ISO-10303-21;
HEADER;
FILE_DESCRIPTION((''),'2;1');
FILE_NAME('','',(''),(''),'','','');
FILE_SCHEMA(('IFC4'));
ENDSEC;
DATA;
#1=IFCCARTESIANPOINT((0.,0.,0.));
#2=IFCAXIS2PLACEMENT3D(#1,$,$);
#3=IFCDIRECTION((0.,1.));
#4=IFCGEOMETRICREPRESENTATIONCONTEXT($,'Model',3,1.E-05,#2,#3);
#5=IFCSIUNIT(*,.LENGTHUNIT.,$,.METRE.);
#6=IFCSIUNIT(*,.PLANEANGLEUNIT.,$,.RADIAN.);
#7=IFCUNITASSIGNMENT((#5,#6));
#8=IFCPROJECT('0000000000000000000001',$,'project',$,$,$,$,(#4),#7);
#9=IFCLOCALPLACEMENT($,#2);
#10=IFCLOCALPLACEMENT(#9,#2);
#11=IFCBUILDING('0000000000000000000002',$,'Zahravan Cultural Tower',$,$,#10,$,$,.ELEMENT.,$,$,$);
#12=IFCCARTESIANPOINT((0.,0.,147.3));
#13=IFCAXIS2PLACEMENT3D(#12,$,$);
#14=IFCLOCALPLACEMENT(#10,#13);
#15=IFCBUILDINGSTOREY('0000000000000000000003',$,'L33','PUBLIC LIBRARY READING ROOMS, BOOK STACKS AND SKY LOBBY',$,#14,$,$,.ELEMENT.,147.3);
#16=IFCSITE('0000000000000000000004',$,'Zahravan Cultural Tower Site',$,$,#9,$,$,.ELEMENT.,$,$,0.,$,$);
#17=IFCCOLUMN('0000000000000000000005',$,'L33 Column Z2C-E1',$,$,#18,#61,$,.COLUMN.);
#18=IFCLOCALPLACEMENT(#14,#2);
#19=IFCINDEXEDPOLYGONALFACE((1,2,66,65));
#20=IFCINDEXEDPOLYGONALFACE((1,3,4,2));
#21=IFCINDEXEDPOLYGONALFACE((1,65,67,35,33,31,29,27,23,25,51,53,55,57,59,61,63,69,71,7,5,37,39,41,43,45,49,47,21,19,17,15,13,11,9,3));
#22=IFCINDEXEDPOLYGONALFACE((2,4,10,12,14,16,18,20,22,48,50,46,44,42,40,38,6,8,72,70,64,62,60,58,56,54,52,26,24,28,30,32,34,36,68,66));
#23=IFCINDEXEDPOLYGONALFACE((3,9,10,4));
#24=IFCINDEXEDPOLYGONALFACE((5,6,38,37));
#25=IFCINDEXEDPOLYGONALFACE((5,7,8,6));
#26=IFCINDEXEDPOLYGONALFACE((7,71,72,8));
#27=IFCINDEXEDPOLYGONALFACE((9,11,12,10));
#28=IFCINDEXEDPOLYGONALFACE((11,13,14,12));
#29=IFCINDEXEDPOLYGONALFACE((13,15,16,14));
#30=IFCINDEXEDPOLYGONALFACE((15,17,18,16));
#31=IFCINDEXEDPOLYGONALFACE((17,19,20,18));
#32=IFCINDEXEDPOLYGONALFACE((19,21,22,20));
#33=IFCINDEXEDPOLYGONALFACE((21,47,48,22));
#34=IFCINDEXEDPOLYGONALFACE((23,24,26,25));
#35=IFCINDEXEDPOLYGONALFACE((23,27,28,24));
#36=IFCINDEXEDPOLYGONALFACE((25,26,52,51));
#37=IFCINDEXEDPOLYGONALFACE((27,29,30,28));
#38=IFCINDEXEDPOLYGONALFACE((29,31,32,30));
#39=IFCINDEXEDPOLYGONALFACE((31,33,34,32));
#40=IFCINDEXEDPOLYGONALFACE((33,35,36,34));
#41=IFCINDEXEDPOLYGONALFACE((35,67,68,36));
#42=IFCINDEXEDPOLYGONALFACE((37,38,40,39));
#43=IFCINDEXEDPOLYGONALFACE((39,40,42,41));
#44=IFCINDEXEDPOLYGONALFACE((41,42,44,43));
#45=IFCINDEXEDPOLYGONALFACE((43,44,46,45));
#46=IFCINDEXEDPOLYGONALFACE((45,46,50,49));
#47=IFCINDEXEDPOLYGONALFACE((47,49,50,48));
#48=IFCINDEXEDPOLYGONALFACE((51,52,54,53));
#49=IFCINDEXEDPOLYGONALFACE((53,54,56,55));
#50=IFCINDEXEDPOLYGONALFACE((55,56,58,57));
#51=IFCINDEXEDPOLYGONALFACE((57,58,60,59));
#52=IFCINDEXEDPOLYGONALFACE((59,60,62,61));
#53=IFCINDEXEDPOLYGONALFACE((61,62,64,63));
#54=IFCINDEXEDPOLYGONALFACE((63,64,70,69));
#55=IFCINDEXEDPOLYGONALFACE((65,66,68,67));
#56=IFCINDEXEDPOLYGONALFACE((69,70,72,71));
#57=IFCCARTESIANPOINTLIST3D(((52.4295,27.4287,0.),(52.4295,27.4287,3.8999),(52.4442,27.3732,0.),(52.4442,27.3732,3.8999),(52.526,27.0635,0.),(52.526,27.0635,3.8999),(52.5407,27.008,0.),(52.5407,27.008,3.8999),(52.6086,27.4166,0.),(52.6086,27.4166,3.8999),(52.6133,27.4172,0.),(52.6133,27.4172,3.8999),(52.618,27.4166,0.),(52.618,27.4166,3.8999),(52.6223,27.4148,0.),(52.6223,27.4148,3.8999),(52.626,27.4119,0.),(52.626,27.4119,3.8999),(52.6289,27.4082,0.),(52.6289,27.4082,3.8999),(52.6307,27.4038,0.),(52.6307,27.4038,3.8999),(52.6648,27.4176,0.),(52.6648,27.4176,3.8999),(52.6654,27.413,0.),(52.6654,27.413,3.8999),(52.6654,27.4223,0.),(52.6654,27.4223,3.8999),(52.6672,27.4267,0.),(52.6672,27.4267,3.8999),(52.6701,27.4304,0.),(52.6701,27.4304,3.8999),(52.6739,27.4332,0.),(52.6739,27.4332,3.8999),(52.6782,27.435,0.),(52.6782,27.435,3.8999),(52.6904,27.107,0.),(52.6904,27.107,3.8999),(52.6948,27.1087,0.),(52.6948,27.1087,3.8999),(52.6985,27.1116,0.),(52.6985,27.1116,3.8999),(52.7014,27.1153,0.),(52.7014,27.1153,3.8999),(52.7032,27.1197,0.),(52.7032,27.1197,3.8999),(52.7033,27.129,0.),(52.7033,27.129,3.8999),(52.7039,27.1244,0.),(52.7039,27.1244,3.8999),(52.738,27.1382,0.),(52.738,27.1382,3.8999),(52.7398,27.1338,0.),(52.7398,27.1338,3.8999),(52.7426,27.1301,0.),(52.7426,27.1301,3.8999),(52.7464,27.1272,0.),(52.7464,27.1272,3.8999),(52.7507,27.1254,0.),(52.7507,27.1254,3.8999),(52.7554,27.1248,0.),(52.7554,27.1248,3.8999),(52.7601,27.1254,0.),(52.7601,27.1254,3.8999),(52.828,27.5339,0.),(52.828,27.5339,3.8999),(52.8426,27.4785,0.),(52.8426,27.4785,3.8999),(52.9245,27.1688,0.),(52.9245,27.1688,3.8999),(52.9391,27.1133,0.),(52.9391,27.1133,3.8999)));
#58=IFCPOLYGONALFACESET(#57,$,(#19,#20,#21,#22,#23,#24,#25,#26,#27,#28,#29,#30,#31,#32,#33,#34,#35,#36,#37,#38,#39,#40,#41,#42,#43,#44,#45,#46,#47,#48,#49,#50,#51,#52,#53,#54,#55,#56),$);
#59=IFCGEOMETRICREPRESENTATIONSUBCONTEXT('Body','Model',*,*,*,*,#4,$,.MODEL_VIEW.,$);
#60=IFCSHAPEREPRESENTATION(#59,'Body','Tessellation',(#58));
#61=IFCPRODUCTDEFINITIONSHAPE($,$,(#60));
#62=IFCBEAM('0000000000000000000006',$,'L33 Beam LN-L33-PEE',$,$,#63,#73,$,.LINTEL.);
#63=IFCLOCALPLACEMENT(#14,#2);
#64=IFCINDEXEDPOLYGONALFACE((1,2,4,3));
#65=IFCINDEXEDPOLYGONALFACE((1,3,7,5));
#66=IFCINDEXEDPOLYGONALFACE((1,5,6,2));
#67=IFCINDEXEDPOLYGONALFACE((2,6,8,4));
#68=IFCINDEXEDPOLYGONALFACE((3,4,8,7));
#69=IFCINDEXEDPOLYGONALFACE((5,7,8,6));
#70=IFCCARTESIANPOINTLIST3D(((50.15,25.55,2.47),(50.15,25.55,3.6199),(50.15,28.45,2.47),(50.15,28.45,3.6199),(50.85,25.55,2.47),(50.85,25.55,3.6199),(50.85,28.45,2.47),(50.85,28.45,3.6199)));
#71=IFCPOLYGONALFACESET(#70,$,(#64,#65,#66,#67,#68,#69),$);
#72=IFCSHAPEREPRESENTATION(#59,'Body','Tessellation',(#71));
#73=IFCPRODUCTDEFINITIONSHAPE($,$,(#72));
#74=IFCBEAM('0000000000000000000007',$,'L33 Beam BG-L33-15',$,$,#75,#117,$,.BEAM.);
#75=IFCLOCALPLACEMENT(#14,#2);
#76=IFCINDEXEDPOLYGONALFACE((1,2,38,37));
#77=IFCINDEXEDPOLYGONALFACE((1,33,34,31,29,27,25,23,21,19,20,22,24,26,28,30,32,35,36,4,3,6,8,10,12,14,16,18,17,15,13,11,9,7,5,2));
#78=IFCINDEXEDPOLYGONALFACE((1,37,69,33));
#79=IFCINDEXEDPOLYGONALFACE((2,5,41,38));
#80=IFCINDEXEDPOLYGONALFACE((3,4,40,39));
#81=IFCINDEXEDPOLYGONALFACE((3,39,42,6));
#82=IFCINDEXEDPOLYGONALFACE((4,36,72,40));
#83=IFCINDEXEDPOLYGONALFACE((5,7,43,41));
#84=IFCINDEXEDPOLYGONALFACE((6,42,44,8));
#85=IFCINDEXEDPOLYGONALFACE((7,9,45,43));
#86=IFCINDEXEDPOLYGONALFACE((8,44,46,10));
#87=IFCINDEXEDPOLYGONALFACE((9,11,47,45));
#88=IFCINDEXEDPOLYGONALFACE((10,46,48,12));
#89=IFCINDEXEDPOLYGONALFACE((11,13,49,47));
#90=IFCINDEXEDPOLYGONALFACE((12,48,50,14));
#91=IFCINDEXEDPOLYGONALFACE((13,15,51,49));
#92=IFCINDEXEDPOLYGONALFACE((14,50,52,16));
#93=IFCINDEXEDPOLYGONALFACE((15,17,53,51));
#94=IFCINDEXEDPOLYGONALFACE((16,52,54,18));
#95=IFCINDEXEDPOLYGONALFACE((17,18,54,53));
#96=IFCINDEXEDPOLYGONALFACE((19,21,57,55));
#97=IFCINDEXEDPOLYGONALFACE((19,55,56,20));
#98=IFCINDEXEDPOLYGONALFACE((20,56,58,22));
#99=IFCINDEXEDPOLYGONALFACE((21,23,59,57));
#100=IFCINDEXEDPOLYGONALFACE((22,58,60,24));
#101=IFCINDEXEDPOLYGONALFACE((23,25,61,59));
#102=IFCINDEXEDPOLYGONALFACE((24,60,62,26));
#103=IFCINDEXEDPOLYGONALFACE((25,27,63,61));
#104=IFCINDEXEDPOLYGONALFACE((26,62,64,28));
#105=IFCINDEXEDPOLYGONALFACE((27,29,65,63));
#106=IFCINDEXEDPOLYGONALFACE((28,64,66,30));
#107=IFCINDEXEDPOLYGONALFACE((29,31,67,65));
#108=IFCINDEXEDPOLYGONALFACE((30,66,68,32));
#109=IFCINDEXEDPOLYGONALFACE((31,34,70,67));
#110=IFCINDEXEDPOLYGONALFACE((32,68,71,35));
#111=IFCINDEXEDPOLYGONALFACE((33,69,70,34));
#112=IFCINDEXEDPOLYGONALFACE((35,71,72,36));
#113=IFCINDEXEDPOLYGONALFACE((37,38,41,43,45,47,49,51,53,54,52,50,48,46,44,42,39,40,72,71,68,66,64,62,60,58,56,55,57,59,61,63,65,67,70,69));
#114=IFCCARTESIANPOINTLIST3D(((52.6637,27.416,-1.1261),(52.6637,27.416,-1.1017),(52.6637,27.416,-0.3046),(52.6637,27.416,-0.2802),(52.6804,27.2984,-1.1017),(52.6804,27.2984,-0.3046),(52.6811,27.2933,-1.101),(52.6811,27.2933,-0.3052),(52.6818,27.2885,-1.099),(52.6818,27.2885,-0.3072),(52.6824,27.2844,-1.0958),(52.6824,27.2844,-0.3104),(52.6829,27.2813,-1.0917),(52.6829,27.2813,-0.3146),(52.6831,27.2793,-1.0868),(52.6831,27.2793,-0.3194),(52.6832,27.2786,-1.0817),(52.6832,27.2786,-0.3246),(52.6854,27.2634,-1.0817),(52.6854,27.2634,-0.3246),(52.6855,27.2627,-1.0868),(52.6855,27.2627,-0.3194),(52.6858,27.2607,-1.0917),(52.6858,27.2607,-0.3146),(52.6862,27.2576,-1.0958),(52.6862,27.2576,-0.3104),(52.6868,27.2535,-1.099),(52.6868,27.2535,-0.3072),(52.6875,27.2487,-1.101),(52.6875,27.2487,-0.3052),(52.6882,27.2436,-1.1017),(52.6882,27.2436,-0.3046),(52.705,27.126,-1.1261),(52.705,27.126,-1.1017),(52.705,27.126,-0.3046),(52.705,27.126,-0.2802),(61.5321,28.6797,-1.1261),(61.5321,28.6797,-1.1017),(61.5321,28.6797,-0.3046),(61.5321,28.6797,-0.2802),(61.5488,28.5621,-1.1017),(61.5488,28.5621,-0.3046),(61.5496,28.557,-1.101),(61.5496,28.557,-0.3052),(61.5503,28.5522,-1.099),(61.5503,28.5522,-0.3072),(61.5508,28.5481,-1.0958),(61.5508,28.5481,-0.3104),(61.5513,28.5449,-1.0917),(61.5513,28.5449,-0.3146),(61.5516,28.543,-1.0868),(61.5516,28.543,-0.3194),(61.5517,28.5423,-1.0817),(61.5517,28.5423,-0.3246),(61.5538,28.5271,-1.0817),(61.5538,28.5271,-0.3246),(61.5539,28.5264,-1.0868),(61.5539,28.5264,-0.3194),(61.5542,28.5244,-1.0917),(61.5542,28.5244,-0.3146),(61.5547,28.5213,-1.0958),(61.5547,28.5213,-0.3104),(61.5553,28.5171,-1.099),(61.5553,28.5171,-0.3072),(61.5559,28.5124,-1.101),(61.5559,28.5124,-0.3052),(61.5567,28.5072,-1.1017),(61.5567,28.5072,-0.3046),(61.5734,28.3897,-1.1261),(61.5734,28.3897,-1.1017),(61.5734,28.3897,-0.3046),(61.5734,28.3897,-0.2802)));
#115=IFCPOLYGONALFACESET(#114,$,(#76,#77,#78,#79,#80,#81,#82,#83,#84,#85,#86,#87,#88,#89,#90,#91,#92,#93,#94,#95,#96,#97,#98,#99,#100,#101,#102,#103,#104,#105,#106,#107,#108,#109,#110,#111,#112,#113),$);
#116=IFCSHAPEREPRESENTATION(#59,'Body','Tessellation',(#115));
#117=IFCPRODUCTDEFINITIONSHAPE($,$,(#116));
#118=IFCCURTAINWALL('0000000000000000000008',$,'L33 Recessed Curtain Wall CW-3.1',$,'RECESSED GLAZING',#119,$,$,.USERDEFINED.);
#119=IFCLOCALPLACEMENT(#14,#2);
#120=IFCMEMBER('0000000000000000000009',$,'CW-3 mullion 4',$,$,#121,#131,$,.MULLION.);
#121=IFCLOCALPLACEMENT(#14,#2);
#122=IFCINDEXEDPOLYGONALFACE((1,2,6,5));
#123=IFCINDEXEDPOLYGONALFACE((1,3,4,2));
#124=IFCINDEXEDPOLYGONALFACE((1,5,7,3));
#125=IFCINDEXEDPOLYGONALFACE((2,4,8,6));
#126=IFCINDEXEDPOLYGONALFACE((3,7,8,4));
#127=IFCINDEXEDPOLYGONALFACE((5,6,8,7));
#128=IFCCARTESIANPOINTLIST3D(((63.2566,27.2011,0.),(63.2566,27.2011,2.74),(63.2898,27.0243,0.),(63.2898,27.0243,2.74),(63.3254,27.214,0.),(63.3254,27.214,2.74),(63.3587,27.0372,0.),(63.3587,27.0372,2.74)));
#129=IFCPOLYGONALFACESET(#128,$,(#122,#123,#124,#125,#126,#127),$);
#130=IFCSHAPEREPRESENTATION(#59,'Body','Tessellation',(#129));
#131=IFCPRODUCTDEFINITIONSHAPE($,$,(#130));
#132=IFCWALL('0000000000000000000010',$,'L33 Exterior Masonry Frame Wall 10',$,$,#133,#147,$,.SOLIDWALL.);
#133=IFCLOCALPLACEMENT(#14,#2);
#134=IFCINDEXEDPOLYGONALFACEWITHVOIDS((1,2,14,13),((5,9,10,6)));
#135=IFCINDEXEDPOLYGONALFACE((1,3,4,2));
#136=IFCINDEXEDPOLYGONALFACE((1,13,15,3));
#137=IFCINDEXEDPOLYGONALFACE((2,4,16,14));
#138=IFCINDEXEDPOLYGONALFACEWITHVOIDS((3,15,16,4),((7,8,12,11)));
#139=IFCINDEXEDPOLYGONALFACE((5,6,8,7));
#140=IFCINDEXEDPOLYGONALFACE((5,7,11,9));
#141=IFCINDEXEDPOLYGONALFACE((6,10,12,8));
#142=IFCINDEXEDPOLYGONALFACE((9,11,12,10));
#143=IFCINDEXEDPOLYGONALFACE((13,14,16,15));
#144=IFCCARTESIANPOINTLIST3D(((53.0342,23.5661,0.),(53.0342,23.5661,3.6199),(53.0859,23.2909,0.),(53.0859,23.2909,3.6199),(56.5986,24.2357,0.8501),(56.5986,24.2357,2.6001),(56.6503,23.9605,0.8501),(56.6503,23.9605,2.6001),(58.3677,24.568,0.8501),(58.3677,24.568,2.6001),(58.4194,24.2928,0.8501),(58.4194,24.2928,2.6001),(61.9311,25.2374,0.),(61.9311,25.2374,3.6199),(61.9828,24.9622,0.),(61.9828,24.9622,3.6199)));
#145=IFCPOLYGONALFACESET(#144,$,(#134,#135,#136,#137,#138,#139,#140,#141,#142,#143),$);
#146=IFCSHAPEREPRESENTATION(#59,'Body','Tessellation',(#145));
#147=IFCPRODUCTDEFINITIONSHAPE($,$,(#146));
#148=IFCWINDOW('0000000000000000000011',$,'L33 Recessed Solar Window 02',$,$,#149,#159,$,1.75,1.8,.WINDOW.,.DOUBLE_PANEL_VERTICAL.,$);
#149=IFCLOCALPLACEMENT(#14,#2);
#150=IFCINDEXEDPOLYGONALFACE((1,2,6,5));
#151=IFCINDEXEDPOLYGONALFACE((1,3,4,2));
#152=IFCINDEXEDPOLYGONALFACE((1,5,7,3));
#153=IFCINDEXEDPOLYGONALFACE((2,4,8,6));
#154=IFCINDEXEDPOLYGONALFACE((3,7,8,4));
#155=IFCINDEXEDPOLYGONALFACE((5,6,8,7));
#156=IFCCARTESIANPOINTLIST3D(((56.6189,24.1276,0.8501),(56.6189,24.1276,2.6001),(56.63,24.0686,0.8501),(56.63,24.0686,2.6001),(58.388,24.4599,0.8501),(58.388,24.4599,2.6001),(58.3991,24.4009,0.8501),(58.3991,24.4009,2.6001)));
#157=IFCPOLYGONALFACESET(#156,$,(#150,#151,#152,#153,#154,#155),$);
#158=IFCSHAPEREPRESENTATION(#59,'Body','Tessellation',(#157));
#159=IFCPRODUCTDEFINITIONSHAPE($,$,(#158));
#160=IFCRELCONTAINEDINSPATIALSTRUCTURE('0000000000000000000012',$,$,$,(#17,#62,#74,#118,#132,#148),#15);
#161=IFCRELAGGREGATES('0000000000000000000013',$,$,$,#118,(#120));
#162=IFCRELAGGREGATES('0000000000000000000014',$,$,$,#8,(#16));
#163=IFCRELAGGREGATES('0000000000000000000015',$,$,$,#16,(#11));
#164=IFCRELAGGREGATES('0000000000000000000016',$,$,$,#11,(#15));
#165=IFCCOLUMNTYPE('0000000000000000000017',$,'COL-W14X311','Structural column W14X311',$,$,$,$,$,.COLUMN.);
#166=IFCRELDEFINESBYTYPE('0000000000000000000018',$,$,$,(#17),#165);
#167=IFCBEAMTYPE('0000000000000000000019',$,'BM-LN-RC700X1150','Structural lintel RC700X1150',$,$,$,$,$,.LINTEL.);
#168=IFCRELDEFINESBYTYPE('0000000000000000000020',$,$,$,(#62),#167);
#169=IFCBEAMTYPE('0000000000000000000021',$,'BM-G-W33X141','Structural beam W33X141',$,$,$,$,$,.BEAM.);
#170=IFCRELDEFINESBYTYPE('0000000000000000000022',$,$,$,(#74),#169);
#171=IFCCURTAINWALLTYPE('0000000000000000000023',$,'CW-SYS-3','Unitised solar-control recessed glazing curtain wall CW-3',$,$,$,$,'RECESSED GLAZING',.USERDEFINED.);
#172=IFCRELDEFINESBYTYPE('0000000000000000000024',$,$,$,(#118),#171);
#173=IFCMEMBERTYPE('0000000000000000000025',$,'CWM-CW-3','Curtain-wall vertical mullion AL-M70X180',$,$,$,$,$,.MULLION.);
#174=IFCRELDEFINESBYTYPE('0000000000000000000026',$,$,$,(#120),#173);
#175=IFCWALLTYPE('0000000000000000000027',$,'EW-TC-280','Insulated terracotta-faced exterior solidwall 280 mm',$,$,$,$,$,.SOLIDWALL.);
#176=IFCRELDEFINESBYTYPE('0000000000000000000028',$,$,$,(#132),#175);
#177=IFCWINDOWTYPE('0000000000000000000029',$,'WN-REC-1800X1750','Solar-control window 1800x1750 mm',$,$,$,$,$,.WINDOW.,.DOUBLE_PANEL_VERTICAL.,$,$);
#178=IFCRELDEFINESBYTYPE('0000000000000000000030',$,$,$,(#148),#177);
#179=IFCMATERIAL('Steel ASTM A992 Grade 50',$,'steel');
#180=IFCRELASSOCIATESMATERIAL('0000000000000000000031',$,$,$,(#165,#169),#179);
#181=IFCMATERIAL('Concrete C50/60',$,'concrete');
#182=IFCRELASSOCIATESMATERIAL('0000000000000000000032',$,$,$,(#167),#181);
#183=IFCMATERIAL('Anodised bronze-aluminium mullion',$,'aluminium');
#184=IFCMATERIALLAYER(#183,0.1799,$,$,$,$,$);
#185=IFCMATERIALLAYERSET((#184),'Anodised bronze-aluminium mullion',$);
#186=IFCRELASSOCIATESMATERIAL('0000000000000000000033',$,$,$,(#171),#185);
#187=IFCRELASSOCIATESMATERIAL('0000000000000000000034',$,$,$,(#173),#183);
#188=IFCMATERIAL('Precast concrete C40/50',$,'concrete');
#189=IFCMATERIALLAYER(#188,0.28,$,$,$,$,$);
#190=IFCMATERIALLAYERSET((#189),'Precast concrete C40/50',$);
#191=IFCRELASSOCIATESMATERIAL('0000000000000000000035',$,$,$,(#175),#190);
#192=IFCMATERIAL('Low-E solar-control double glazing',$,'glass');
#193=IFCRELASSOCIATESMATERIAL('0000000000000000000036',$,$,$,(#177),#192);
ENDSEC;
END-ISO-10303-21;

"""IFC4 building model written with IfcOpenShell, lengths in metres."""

from ifc_helpers import new_model, si_unit, direction, frame, frame_2d, origin, origin_2d, place, context, subcontext, project, spatial, rectangle, i_section, extrude, source, transform, mapped, material, layer, layer_set, material_profile, profile_set, type_object, element, fill, aggregate, save


model = new_model("IFC4")

# Units and contexts
model_context = context("Model", 3, precision=1e-05, world=origin(), true_north=direction((0.0, 1.0)))
body_context = subcontext(model_context, "Body", "Model", "MODEL_VIEW")
ifc_project = project(units=[si_unit("LENGTHUNIT", "METRE"), si_unit("PLANEANGLEUNIT", "RADIAN")], contexts=[model_context])

# Site, building, storey
site_placement = place(None, origin())
site = spatial("IfcSite", under=ifc_project, at=site_placement, Name="Zahravan Cultural Tower Site", CompositionType="ELEMENT", RefElevation=0.0)
building_placement = place(site_placement, origin())
building = spatial("IfcBuilding", under=site, at=building_placement, Name="Zahravan Cultural Tower", CompositionType="ELEMENT")
storey_placement = place(building_placement, frame((0.0, 0.0, 147.3)))
storey = spatial("IfcBuildingStorey", under=building, at=storey_placement, Name="L33", Description="PUBLIC LIBRARY READING ROOMS, BOOK STACKS AND SKY LOBBY", CompositionType="ELEMENT", Elevation=147.3)

# Column
ifc_material_1 = material(Name="Steel ASTM A992 Grade 50", Category="steel")
ifc_material_profile_1 = material_profile(ifc_material_1, i_section(OverallWidth=0.4121, OverallDepth=0.4351, WebThickness=0.0359, FlangeThickness=0.0574, FilletRadius=0.0181, at=origin_2d()), Name="W14X311")
ifc_profile_set_1 = profile_set([ifc_material_profile_1], Name="Steel ASTM A992 Grade 50")
column_type = type_object("IfcColumnType", Name="COL-W14X311", Description="Structural column W14X311", PredefinedType="COLUMN", material=ifc_profile_set_1)
shared_shape_1 = source(origin(), body_context, "Body", "SweptSolid", [
    extrude(i_section(OverallWidth=0.4121, OverallDepth=0.4351, WebThickness=0.0359, FlangeThickness=0.0574, FilletRadius=0.0181, at=origin_2d()), origin(), (0.0, 0.0, 1.0), 3.8999),
])
column_placement = place(storey_placement, frame((52.6843, 27.271, 0.0), z_axis=(0.0, 0.0, 1.0), x_axis=(0.966823, 0.255446, 0.0)))
element("IfcColumn", 1, at=column_placement, inside=storey, type_object=column_type, Name="L33 Column Z2C-E1", PredefinedType="COLUMN", context=body_context, shape_type="MappedRepresentation", body=[
    mapped(shared_shape_1, transform((0.0, 0.0, 0.0), x_axis=(1.0, 0.0, 0.0), y_axis=(0.0, 1.0, 0.0), z_axis=(0.0, 0.0, 1.0), scale=1.0)),
])

# Beams
ifc_material_2 = material(Name="Concrete C50/60", Category="concrete")
ifc_material_profile_2 = material_profile(ifc_material_2, rectangle(XDim=0.7, YDim=1.1499, at=origin_2d()), Name="RC700X1150")
ifc_profile_set_2 = profile_set([ifc_material_profile_2], Name="Concrete C50/60")
beam_type_1 = type_object("IfcBeamType", Name="BM-LN-RC700X1150", Description="Structural lintel RC700X1150", PredefinedType="LINTEL", material=ifc_profile_set_2)
shared_shape_2 = source(origin(), body_context, "Body", "SweptSolid", [
    extrude(rectangle(XDim=0.7, YDim=1.1499, at=origin_2d()), origin(), (0.0, 0.0, 1.0), 2.8999),
])
beam_1_placement = place(storey_placement, frame((50.5, 25.55, 3.0449), z_axis=(0.0, 1.0, 0.0), x_axis=(-1.0, 0.0, 0.0)))
element("IfcBeam", 2, at=beam_1_placement, inside=storey, type_object=beam_type_1, Name="L33 Beam LN-L33-PEE", PredefinedType="LINTEL", context=body_context, shape_type="MappedRepresentation", body=[
    mapped(shared_shape_2, transform((0.0, 0.0, 0.0), x_axis=(1.0, 0.0, 0.0), y_axis=(0.0, 1.0, 0.0), z_axis=(0.0, 0.0, 1.0), scale=1.0)),
])
ifc_material_profile_3 = material_profile(ifc_material_1, i_section(OverallWidth=0.293, OverallDepth=0.8459, WebThickness=0.0154, FlangeThickness=0.0244, FilletRadius=0.02, at=origin_2d()), Name="W33X141")
ifc_profile_set_3 = profile_set([ifc_material_profile_3], Name="Steel ASTM A992 Grade 50")
beam_type_2 = type_object("IfcBeamType", Name="BM-G-W33X141", Description="Structural beam W33X141", PredefinedType="BEAM", material=ifc_profile_set_3)
shared_shape_3 = source(origin(), body_context, "Body", "SweptSolid", [
    extrude(i_section(OverallWidth=0.293, OverallDepth=0.8459, WebThickness=0.0154, FlangeThickness=0.0244, FilletRadius=0.02, at=origin_2d()), origin(), (0.0, 0.0, 1.0), 8.958),
])
beam_2_placement = place(storey_placement, frame((52.6843, 27.271, -0.7031), z_axis=(0.99, 0.141067, 0.0), x_axis=(-0.141067, 0.99, 0.0)))
element("IfcBeam", 3, at=beam_2_placement, inside=storey, type_object=beam_type_2, Name="L33 Beam BG-L33-15", PredefinedType="BEAM", context=body_context, shape_type="MappedRepresentation", body=[
    mapped(shared_shape_3, transform((0.0, 0.0, 0.0), x_axis=(1.0, 0.0, 0.0), y_axis=(0.0, 1.0, 0.0), z_axis=(0.0, 0.0, 1.0), scale=1.0)),
])

# Curtain wall, member
ifc_material_3 = material(Name="Anodised bronze-aluminium mullion", Category="aluminium")
ifc_layer_1 = layer(ifc_material_3, 0.1799)
ifc_layer_set_1 = layer_set([ifc_layer_1], Name="Anodised bronze-aluminium mullion")
curtain_wall_type = type_object("IfcCurtainWallType", Name="CW-SYS-3", Description="Unitised solar-control recessed glazing curtain wall CW-3", ElementType="RECESSED GLAZING", PredefinedType="USERDEFINED", material=ifc_layer_set_1)
curtain_wall_placement = place(storey_placement, origin())
curtain_wall = element("IfcCurtainWall", 4, at=curtain_wall_placement, inside=storey, type_object=curtain_wall_type, Name="L33 Recessed Curtain Wall CW-3.1", ObjectType="RECESSED GLAZING", PredefinedType="USERDEFINED")
ifc_material_profile_4 = material_profile(ifc_material_3, rectangle(XDim=0.0701, YDim=0.1799, at=origin_2d()), Name="AL-M70X180")
ifc_profile_set_4 = profile_set([ifc_material_profile_4], Name="Anodised bronze-aluminium mullion")
member_type = type_object("IfcMemberType", Name="CWM-CW-3", Description="Curtain-wall vertical mullion AL-M70X180", PredefinedType="MULLION", material=ifc_profile_set_4)
shared_shape_4 = source(origin(), body_context, "Body", "SweptSolid", [
    extrude(rectangle(XDim=0.0701, YDim=0.1799, at=origin_2d()), origin(), (0.0, 0.0, 1.0), 2.74),
])
member_placement = place(storey_placement, frame((63.3076, 27.1191, 0.0), z_axis=(0.0, 0.0, 1.0), x_axis=(0.982807, 0.184638, 0.0)))
member = element("IfcMember", 5, at=member_placement, type_object=member_type, Name="CW-3 mullion 4", PredefinedType="MULLION", context=body_context, shape_type="MappedRepresentation", body=[
    mapped(shared_shape_4, transform((0.0, 0.0, 0.0), x_axis=(1.0, 0.0, 0.0), y_axis=(0.0, 1.0, 0.0), z_axis=(0.0, 0.0, 1.0), scale=1.0)),
])
aggregate(curtain_wall, [member])

# Wall, opening, window
ifc_material_4 = material(Name="Precast concrete C40/50", Category="concrete")
ifc_layer_2 = layer(ifc_material_4, 0.28)
ifc_layer_set_2 = layer_set([ifc_layer_2], Name="Precast concrete C40/50")
wall_type_1 = type_object("IfcWallType", Name="EW-TC-280", Description="Insulated terracotta-faced exterior solidwall 280 mm", PredefinedType="SOLIDWALL", material=ifc_layer_set_2)
wall_1_placement = place(storey_placement, frame((61.957, 25.0999, 0.0), z_axis=(0.0, 0.0, 1.0), x_axis=(-0.982808, -0.18463, 0.0)))
wall_1 = element("IfcWall", 6, at=wall_1_placement, inside=storey, type_object=wall_type_1, Name="L33 Exterior Masonry Frame Wall 10", PredefinedType="SOLIDWALL", context=body_context, shape_type="SweptSolid", body=[
    extrude(rectangle(XDim=9.0525, YDim=0.28, at=frame_2d((4.5264, 0.0))), origin(), (0.0, 0.0, 1.0), 3.6199),
])
opening_placement = place(wall_1_placement, frame((3.626, 0.0, 0.8501)))
opening = element("IfcOpeningElement", 7, at=opening_placement, cuts=wall_1, PredefinedType="OPENING", context=body_context, shape_type="SweptSolid", body=[
    extrude(rectangle(XDim=1.8, YDim=1.75, at=frame_2d((0.8999, 0.875))), frame((0.0, 0.1499, 0.0), z_axis=(0.0, -1.0, 0.0), x_axis=(1.0, 0.0, 0.0)), (0.0, 0.0, 1.0), 0.3),
])
ifc_material_5 = material(Name="Low-E solar-control double glazing", Category="glass")
window_type = type_object("IfcWindowType", Name="WN-REC-1800X1750", Description="Solar-control window 1800x1750 mm", PartitioningType="DOUBLE_PANEL_VERTICAL", PredefinedType="WINDOW", material=ifc_material_5)
shared_shape_5 = source(origin(), body_context, "Body", "SweptSolid", [
    extrude(rectangle(XDim=1.8, YDim=1.75, at=frame_2d((0.8999, 0.875))), frame((0.0, 0.03, 0.0), z_axis=(0.0, -1.0, 0.0), x_axis=(1.0, 0.0, 0.0)), (0.0, 0.0, 1.0), 0.0601),
])
window_placement = place(opening_placement, origin())
window = element("IfcWindow", 8, at=window_placement, inside=storey, type_object=window_type, Name="L33 Recessed Solar Window 02", OverallHeight=1.75, OverallWidth=1.8, PartitioningType="DOUBLE_PANEL_VERTICAL", PredefinedType="WINDOW", context=body_context, shape_type="MappedRepresentation", body=[
    mapped(shared_shape_5, transform((0.0, 0.0, 0.0), x_axis=(1.0, 0.0, 0.0), y_axis=(0.0, 1.0, 0.0), z_axis=(0.0, 0.0, 1.0), scale=1.0)),
])
fill(opening, window)

save(model, "model.ifc")
